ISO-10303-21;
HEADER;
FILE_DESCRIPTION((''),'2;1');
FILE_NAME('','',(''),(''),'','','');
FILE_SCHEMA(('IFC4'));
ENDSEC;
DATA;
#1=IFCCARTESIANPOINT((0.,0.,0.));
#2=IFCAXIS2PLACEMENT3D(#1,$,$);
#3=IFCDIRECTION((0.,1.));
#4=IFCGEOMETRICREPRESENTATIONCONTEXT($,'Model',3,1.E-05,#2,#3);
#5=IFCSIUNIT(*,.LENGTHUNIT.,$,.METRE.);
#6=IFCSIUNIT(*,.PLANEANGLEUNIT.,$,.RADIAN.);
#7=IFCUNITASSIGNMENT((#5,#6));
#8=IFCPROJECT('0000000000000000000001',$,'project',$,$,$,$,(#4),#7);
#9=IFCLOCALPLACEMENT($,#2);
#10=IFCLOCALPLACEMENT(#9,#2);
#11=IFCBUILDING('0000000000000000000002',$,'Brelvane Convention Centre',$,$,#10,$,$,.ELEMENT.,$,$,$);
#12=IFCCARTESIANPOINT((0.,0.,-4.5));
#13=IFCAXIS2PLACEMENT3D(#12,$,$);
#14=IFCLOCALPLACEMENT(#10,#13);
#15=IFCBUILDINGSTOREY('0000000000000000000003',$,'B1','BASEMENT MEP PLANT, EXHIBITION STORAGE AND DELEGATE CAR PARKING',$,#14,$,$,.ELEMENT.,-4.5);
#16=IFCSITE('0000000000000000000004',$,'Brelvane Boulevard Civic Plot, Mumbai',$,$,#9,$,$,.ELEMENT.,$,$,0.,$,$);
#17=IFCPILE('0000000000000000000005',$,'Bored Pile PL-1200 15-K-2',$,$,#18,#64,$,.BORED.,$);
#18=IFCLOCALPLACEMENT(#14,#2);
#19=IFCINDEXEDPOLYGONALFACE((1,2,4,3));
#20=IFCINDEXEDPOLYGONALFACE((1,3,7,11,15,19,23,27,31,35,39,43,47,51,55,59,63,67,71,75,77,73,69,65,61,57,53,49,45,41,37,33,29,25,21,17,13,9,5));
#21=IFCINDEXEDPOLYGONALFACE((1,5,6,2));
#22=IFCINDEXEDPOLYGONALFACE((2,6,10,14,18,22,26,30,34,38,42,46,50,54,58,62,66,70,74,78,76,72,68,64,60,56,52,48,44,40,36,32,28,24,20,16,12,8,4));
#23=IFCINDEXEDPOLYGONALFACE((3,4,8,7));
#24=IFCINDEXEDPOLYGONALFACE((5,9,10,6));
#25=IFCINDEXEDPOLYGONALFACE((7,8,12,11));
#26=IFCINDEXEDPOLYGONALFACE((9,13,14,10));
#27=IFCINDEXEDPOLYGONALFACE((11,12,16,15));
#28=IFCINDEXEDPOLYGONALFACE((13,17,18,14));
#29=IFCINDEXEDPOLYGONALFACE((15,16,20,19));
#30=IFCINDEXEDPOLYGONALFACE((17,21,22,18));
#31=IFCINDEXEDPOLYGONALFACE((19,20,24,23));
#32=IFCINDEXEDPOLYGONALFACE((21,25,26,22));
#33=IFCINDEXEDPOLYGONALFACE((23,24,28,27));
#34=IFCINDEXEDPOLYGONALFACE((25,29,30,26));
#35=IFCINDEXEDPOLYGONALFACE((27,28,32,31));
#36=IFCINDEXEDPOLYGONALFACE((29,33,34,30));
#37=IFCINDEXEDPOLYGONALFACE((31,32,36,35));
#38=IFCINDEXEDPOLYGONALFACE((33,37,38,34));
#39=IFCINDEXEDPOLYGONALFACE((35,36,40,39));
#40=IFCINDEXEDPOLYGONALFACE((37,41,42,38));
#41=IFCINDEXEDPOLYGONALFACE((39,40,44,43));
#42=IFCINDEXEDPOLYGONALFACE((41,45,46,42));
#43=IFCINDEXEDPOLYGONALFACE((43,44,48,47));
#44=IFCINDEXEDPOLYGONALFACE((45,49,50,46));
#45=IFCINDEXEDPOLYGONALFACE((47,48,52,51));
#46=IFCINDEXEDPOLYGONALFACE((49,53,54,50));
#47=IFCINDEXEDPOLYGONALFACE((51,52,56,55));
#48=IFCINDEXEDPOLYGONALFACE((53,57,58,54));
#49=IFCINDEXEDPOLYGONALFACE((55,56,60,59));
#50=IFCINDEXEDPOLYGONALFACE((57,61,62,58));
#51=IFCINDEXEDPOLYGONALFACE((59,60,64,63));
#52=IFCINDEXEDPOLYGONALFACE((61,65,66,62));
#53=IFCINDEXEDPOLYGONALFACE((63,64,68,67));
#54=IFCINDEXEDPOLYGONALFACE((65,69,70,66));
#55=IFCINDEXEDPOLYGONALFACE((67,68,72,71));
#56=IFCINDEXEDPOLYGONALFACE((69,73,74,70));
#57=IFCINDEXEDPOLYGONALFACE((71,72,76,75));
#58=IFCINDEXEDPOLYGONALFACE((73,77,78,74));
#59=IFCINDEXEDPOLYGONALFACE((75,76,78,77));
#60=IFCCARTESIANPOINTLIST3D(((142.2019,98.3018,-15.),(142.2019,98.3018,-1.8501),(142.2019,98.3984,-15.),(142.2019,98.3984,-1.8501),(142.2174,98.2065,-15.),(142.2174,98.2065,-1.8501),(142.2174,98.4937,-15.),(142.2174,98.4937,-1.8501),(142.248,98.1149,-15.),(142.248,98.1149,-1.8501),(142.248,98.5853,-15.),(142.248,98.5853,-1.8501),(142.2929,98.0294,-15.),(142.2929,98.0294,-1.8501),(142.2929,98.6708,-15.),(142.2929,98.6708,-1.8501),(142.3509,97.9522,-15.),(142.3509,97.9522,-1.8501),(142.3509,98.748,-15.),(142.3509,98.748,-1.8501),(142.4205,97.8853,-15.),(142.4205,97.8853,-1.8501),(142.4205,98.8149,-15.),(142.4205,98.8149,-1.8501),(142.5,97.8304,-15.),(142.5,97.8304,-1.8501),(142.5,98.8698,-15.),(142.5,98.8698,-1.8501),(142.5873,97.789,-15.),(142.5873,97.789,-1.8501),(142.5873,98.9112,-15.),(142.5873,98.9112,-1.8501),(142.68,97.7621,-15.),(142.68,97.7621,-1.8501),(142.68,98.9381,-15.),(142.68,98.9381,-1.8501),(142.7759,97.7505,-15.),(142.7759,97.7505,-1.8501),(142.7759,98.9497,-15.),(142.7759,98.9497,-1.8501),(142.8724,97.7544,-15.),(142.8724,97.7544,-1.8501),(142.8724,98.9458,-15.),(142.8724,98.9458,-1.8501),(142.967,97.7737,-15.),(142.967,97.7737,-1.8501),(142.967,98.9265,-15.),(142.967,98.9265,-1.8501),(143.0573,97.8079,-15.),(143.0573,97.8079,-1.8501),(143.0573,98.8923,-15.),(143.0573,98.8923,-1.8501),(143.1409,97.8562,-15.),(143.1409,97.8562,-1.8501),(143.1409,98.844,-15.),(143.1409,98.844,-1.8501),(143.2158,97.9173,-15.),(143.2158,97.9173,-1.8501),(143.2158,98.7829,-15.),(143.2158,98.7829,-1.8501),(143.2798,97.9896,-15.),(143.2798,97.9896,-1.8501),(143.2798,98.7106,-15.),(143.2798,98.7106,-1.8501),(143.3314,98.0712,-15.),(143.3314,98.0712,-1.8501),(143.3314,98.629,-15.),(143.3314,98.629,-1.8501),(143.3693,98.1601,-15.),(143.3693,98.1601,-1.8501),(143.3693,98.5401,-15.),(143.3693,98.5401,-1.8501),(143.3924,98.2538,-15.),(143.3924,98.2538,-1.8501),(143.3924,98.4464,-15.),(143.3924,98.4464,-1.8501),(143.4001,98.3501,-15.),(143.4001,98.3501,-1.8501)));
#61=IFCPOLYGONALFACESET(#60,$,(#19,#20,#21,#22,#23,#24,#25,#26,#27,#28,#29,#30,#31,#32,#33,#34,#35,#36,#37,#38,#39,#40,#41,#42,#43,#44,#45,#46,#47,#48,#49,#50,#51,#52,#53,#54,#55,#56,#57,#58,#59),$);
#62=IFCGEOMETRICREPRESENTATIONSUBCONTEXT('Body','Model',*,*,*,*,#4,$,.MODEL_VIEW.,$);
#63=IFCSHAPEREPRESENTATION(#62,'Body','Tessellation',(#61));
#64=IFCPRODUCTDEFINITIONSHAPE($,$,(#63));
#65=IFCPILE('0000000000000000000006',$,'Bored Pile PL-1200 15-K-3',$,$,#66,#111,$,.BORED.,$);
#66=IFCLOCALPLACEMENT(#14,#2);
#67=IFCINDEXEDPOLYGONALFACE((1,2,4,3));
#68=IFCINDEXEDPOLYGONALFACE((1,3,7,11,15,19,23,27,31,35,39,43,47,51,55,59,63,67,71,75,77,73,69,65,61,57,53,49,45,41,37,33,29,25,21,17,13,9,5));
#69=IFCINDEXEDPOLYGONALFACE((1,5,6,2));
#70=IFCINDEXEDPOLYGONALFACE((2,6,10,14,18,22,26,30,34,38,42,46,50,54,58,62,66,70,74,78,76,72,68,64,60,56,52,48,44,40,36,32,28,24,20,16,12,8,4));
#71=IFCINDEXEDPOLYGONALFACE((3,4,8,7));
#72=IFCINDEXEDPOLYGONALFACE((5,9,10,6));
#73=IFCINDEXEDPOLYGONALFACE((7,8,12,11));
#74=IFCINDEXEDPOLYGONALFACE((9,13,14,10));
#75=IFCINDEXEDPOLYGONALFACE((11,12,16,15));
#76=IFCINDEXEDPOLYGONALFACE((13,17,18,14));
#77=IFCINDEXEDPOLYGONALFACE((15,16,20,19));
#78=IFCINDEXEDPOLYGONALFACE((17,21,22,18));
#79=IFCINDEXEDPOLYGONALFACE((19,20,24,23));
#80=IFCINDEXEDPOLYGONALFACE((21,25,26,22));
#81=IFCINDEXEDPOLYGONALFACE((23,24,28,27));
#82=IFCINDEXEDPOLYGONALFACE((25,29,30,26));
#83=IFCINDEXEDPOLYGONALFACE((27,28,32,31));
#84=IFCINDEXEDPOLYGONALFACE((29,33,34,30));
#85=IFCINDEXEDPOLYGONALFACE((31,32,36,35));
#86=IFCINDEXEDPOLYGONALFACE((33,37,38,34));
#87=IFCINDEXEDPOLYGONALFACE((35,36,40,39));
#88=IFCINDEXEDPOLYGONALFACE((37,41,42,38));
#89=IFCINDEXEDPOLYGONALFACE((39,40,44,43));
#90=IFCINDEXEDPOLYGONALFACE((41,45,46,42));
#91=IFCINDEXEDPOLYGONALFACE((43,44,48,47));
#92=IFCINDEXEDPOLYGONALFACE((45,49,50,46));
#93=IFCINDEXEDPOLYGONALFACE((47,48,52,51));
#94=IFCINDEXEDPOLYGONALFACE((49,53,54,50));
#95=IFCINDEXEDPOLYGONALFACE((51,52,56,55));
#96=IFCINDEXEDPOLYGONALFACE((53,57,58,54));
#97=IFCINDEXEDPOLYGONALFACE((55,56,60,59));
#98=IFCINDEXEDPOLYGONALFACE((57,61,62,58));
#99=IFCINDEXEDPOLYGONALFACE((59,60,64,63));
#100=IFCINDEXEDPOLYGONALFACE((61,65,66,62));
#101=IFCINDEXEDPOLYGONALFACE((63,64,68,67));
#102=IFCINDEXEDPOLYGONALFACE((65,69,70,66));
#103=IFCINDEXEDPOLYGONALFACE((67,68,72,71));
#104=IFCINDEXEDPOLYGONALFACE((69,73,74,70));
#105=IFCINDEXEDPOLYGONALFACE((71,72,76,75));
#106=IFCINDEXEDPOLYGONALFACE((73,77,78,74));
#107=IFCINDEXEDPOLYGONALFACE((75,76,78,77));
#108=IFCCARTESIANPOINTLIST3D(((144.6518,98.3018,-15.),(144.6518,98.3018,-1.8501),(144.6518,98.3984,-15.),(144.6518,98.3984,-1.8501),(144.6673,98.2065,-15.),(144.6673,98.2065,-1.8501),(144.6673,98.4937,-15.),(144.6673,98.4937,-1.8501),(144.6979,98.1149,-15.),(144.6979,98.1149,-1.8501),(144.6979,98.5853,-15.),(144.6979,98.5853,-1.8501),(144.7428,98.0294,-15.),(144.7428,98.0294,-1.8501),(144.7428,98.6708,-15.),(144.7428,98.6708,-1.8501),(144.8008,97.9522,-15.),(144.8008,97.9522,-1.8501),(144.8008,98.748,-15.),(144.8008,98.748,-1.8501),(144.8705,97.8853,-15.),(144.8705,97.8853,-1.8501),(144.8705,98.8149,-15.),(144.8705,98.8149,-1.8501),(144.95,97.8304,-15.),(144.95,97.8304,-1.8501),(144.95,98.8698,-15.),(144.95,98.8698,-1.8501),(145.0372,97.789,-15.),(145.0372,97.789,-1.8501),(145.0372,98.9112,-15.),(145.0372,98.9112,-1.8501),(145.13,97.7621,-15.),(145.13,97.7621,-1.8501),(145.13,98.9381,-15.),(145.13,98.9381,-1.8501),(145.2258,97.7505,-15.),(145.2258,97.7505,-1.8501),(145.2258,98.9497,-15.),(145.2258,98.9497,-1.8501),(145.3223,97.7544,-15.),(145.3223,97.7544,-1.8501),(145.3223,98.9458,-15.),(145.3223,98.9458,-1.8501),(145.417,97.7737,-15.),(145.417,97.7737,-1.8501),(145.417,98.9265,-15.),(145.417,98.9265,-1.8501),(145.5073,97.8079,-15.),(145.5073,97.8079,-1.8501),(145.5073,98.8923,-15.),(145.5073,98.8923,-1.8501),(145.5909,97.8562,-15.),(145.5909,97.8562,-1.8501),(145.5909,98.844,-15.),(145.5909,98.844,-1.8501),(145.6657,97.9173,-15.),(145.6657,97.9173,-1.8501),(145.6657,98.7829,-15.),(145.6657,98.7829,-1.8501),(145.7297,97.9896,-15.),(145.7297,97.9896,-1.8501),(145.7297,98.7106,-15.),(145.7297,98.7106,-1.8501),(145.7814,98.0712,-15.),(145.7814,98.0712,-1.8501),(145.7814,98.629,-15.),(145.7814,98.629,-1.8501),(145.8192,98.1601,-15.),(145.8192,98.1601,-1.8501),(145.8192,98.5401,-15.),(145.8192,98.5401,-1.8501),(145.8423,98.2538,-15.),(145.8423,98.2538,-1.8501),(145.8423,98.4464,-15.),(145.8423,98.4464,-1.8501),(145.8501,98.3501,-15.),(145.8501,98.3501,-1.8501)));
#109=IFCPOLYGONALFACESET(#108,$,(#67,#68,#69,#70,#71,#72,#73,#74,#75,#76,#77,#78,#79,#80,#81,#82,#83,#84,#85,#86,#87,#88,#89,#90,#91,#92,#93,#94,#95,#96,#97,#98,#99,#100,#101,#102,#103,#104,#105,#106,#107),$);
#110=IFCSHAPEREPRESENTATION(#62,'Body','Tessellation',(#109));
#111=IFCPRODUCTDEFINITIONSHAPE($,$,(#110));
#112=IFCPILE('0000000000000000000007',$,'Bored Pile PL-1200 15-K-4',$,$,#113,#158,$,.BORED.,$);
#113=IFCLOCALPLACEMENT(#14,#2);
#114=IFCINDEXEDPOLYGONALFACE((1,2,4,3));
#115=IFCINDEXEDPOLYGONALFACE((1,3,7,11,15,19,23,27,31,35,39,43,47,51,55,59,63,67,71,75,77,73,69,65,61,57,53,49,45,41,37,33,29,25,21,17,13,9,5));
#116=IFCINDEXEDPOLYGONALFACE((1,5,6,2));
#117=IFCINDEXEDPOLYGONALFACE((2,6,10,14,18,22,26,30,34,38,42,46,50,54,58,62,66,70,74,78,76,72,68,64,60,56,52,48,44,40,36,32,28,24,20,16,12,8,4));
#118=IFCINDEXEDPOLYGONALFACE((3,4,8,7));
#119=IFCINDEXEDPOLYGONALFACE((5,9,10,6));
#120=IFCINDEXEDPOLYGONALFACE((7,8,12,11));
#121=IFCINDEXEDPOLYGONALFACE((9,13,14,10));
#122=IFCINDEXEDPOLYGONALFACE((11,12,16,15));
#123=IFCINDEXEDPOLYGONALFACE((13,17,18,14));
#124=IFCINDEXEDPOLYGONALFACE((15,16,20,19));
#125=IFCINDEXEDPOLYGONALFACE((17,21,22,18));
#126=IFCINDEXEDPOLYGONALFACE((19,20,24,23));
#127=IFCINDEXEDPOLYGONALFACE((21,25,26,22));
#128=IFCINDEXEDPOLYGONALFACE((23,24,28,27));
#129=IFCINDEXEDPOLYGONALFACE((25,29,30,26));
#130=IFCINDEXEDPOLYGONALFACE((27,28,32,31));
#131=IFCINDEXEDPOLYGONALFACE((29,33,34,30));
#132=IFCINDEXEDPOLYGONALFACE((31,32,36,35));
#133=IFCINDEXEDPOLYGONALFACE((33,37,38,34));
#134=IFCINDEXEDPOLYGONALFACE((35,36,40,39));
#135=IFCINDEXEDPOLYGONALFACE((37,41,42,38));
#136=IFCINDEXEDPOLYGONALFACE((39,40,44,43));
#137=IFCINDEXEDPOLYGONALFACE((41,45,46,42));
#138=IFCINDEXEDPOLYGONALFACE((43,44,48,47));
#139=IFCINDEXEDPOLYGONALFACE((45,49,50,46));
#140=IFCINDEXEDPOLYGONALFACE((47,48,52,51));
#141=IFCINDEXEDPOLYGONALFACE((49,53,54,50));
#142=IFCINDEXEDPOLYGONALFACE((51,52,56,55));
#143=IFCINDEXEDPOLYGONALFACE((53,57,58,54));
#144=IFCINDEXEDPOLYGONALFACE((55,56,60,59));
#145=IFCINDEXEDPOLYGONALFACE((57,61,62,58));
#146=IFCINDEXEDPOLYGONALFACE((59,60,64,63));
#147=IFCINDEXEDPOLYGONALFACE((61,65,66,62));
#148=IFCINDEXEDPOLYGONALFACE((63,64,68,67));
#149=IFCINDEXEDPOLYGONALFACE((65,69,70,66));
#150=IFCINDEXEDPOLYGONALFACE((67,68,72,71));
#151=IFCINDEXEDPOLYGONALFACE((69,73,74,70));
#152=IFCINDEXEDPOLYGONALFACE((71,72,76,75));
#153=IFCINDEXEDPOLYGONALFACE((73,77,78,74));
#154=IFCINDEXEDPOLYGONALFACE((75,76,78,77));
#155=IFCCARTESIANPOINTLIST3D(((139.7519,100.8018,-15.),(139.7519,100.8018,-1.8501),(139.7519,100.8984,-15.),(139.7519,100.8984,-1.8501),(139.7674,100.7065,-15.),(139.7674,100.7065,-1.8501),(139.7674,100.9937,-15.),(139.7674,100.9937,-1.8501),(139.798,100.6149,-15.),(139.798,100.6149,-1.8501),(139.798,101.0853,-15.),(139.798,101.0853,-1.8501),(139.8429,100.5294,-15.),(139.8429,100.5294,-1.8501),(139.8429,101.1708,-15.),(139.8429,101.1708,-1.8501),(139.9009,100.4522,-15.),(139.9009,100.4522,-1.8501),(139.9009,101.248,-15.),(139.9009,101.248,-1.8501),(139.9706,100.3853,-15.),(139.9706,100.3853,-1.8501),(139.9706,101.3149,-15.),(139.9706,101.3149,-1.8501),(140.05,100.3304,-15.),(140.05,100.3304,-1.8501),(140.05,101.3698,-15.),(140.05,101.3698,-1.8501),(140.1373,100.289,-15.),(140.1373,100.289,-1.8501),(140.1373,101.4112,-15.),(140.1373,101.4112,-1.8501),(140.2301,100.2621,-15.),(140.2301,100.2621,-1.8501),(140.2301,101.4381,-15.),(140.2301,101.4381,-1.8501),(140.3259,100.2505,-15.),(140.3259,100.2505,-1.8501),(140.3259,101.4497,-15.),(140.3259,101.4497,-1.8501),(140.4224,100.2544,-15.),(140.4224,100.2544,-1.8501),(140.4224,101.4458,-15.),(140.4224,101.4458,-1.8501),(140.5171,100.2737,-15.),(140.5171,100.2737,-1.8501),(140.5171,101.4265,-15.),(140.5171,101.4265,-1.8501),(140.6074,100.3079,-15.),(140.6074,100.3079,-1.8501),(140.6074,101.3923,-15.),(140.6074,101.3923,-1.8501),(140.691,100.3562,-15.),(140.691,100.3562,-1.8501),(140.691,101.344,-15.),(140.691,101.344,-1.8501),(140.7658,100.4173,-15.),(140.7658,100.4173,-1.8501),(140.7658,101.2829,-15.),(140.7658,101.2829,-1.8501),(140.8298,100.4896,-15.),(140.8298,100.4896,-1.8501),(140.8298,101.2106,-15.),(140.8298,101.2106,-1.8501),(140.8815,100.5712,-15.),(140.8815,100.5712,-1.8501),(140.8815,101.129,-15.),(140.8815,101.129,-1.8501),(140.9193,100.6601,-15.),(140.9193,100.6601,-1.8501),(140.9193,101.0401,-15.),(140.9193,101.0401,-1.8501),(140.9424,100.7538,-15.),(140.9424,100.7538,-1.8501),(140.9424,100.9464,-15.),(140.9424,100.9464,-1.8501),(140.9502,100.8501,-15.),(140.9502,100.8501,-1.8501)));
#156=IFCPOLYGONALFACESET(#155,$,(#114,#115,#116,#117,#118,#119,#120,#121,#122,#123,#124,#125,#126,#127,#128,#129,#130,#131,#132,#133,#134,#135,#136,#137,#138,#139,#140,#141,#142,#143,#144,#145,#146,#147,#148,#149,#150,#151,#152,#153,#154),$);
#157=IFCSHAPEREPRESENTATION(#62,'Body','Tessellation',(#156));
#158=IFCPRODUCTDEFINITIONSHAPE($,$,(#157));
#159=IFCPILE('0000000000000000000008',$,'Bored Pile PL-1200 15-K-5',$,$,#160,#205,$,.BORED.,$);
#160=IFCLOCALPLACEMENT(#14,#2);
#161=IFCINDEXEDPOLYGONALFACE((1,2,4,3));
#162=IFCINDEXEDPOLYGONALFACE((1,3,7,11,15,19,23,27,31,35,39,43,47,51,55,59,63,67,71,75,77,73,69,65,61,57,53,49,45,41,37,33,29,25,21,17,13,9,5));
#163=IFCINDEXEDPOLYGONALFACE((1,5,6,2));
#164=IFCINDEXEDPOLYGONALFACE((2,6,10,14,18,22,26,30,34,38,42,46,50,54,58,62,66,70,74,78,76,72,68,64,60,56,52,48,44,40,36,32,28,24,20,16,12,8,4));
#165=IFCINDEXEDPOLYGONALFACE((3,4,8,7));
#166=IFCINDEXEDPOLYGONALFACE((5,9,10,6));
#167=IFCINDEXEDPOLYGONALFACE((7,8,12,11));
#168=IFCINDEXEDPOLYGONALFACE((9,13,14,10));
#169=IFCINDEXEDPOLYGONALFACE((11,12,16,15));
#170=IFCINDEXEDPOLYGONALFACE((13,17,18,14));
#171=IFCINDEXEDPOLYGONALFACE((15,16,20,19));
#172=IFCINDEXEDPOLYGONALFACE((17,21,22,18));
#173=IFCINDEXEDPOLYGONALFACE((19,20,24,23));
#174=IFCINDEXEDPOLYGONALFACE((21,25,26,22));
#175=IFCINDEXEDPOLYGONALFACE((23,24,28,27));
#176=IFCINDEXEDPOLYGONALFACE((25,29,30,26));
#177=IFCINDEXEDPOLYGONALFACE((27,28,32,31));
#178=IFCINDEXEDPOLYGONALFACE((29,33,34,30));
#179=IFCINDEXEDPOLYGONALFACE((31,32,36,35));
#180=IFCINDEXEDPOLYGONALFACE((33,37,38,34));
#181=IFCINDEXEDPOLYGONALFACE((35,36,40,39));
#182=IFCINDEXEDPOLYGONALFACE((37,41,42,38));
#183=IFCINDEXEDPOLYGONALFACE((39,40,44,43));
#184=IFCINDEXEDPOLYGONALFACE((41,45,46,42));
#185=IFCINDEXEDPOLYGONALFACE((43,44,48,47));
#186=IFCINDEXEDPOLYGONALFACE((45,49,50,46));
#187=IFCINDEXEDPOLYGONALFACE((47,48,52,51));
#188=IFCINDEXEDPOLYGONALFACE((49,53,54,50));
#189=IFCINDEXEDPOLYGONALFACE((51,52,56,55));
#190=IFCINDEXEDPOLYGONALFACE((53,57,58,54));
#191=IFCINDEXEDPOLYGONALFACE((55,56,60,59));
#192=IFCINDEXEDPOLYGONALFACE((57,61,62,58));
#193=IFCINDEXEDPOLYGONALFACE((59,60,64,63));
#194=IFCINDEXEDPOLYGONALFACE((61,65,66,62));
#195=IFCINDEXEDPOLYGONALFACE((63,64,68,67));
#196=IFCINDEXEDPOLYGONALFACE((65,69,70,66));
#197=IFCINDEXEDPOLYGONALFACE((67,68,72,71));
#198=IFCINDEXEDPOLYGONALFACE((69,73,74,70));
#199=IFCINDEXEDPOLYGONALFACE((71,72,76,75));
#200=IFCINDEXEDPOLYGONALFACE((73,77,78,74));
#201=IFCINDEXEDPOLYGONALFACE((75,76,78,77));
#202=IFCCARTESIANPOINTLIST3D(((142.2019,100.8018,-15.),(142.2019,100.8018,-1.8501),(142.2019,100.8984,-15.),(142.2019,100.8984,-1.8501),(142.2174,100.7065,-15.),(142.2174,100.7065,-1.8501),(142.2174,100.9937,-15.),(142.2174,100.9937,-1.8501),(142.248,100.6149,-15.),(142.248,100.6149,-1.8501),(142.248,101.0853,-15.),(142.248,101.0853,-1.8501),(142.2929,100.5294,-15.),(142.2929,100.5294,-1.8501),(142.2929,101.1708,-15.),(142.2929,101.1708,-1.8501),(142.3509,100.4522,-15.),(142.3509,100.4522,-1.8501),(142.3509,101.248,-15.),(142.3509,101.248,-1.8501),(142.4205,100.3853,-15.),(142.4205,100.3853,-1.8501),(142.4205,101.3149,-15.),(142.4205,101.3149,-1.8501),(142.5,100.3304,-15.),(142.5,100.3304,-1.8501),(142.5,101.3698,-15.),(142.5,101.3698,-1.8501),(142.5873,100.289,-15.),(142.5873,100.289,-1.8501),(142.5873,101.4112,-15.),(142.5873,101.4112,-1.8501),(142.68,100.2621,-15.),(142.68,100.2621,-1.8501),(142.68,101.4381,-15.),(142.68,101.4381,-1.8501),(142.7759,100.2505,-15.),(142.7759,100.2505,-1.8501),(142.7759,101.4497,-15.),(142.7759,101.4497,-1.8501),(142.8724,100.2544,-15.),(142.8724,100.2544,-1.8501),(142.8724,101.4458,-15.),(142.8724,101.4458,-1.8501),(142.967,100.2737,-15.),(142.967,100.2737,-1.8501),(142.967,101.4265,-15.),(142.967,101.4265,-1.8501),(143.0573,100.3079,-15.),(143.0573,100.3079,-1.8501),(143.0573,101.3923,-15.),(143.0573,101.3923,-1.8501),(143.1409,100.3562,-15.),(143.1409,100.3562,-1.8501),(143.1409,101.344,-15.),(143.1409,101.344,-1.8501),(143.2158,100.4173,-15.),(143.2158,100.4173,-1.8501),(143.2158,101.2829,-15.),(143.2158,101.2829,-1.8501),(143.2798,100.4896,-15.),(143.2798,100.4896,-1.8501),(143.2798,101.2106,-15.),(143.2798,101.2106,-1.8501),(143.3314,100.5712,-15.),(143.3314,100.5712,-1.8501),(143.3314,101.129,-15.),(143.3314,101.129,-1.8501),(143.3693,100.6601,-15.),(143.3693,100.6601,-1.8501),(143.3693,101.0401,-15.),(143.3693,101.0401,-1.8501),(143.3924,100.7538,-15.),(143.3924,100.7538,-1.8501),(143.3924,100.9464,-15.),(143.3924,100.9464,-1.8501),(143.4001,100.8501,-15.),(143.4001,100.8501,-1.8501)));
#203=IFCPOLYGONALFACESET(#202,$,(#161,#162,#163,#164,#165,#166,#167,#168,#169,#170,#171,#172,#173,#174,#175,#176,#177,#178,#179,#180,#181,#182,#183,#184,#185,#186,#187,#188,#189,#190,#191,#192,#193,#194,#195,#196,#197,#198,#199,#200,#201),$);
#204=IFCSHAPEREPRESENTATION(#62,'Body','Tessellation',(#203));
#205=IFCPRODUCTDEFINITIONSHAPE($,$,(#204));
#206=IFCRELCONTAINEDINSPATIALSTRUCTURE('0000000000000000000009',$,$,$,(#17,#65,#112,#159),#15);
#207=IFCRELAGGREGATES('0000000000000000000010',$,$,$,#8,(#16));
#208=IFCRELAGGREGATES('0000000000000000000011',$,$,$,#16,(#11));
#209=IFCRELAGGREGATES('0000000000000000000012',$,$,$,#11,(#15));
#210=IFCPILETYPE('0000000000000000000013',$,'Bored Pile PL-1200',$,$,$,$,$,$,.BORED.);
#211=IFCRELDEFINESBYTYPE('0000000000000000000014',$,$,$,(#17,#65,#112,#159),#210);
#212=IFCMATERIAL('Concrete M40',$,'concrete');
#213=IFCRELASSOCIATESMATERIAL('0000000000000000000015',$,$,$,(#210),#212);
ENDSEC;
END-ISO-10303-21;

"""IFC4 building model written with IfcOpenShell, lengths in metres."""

from ifc_helpers import new_model, si_unit, direction, frame, origin, origin_2d, place, context, subcontext, project, spatial, circle, extrude, material, material_profile, profile_set, type_object, element, save


model = new_model("IFC4")

# Units and contexts
model_context = context("Model", 3, precision=1e-05, world=origin(), true_north=direction((0.0, 1.0)))
body_context = subcontext(model_context, "Body", "Model", "MODEL_VIEW")
ifc_project = project(units=[si_unit("LENGTHUNIT", "METRE"), si_unit("PLANEANGLEUNIT", "RADIAN")], contexts=[model_context])

# Site, building, storey
site_placement = place(None, origin())
site = spatial("IfcSite", under=ifc_project, at=site_placement, Name="Brelvane Boulevard Civic Plot, Mumbai", CompositionType="ELEMENT", RefElevation=0.0)
building_placement = place(site_placement, origin())
building = spatial("IfcBuilding", under=site, at=building_placement, Name="Brelvane Convention Centre", CompositionType="ELEMENT")
storey_placement = place(building_placement, frame((0.0, 0.0, -4.5)))
storey = spatial("IfcBuildingStorey", under=building, at=storey_placement, Name="B1", Description="BASEMENT MEP PLANT, EXHIBITION STORAGE AND DELEGATE CAR PARKING", CompositionType="ELEMENT", Elevation=-4.5)

# Piles
ifc_material_1 = material(Name="Concrete M40", Category="concrete")
ifc_material_profile_1 = material_profile(ifc_material_1, circle(Radius=0.6001, at=origin_2d()), Name="PILE D1200")
ifc_profile_set_1 = profile_set([ifc_material_profile_1], Name="Concrete M40")
pile_type_1 = type_object("IfcPileType", Name="Bored Pile PL-1200", PredefinedType="BORED", material=ifc_profile_set_1)
for number, where, z_axis, x_axis, name in (
    (1, (142.8, 98.3501, -1.8501), (0.0, 0.0, -1.0), (1.0, 0.0, 0.0), "Bored Pile PL-1200 15-K-2"),
    (2, (145.25, 98.3501, -1.8501), (0.0, 0.0, -1.0), (1.0, 0.0, 0.0), "Bored Pile PL-1200 15-K-3"),
    (3, (140.3501, 100.8501, -1.8501), (0.0, 0.0, -1.0), (1.0, 0.0, 0.0), "Bored Pile PL-1200 15-K-4"),
    (4, (142.8, 100.8501, -1.8501), (0.0, 0.0, -1.0), (1.0, 0.0, 0.0), "Bored Pile PL-1200 15-K-5"),
):
    element("IfcPile", number, at=place(storey_placement, frame(where, z_axis=z_axis, x_axis=x_axis)), inside=storey, type_object=pile_type_1, Name=name, PredefinedType="BORED", context=body_context, shape_type="SweptSolid", body=[
        extrude(circle(Radius=0.6001, at=origin_2d()), origin(), (0.0, 0.0, 1.0), 13.1499),
    ])

save(model, "model.ifc")
